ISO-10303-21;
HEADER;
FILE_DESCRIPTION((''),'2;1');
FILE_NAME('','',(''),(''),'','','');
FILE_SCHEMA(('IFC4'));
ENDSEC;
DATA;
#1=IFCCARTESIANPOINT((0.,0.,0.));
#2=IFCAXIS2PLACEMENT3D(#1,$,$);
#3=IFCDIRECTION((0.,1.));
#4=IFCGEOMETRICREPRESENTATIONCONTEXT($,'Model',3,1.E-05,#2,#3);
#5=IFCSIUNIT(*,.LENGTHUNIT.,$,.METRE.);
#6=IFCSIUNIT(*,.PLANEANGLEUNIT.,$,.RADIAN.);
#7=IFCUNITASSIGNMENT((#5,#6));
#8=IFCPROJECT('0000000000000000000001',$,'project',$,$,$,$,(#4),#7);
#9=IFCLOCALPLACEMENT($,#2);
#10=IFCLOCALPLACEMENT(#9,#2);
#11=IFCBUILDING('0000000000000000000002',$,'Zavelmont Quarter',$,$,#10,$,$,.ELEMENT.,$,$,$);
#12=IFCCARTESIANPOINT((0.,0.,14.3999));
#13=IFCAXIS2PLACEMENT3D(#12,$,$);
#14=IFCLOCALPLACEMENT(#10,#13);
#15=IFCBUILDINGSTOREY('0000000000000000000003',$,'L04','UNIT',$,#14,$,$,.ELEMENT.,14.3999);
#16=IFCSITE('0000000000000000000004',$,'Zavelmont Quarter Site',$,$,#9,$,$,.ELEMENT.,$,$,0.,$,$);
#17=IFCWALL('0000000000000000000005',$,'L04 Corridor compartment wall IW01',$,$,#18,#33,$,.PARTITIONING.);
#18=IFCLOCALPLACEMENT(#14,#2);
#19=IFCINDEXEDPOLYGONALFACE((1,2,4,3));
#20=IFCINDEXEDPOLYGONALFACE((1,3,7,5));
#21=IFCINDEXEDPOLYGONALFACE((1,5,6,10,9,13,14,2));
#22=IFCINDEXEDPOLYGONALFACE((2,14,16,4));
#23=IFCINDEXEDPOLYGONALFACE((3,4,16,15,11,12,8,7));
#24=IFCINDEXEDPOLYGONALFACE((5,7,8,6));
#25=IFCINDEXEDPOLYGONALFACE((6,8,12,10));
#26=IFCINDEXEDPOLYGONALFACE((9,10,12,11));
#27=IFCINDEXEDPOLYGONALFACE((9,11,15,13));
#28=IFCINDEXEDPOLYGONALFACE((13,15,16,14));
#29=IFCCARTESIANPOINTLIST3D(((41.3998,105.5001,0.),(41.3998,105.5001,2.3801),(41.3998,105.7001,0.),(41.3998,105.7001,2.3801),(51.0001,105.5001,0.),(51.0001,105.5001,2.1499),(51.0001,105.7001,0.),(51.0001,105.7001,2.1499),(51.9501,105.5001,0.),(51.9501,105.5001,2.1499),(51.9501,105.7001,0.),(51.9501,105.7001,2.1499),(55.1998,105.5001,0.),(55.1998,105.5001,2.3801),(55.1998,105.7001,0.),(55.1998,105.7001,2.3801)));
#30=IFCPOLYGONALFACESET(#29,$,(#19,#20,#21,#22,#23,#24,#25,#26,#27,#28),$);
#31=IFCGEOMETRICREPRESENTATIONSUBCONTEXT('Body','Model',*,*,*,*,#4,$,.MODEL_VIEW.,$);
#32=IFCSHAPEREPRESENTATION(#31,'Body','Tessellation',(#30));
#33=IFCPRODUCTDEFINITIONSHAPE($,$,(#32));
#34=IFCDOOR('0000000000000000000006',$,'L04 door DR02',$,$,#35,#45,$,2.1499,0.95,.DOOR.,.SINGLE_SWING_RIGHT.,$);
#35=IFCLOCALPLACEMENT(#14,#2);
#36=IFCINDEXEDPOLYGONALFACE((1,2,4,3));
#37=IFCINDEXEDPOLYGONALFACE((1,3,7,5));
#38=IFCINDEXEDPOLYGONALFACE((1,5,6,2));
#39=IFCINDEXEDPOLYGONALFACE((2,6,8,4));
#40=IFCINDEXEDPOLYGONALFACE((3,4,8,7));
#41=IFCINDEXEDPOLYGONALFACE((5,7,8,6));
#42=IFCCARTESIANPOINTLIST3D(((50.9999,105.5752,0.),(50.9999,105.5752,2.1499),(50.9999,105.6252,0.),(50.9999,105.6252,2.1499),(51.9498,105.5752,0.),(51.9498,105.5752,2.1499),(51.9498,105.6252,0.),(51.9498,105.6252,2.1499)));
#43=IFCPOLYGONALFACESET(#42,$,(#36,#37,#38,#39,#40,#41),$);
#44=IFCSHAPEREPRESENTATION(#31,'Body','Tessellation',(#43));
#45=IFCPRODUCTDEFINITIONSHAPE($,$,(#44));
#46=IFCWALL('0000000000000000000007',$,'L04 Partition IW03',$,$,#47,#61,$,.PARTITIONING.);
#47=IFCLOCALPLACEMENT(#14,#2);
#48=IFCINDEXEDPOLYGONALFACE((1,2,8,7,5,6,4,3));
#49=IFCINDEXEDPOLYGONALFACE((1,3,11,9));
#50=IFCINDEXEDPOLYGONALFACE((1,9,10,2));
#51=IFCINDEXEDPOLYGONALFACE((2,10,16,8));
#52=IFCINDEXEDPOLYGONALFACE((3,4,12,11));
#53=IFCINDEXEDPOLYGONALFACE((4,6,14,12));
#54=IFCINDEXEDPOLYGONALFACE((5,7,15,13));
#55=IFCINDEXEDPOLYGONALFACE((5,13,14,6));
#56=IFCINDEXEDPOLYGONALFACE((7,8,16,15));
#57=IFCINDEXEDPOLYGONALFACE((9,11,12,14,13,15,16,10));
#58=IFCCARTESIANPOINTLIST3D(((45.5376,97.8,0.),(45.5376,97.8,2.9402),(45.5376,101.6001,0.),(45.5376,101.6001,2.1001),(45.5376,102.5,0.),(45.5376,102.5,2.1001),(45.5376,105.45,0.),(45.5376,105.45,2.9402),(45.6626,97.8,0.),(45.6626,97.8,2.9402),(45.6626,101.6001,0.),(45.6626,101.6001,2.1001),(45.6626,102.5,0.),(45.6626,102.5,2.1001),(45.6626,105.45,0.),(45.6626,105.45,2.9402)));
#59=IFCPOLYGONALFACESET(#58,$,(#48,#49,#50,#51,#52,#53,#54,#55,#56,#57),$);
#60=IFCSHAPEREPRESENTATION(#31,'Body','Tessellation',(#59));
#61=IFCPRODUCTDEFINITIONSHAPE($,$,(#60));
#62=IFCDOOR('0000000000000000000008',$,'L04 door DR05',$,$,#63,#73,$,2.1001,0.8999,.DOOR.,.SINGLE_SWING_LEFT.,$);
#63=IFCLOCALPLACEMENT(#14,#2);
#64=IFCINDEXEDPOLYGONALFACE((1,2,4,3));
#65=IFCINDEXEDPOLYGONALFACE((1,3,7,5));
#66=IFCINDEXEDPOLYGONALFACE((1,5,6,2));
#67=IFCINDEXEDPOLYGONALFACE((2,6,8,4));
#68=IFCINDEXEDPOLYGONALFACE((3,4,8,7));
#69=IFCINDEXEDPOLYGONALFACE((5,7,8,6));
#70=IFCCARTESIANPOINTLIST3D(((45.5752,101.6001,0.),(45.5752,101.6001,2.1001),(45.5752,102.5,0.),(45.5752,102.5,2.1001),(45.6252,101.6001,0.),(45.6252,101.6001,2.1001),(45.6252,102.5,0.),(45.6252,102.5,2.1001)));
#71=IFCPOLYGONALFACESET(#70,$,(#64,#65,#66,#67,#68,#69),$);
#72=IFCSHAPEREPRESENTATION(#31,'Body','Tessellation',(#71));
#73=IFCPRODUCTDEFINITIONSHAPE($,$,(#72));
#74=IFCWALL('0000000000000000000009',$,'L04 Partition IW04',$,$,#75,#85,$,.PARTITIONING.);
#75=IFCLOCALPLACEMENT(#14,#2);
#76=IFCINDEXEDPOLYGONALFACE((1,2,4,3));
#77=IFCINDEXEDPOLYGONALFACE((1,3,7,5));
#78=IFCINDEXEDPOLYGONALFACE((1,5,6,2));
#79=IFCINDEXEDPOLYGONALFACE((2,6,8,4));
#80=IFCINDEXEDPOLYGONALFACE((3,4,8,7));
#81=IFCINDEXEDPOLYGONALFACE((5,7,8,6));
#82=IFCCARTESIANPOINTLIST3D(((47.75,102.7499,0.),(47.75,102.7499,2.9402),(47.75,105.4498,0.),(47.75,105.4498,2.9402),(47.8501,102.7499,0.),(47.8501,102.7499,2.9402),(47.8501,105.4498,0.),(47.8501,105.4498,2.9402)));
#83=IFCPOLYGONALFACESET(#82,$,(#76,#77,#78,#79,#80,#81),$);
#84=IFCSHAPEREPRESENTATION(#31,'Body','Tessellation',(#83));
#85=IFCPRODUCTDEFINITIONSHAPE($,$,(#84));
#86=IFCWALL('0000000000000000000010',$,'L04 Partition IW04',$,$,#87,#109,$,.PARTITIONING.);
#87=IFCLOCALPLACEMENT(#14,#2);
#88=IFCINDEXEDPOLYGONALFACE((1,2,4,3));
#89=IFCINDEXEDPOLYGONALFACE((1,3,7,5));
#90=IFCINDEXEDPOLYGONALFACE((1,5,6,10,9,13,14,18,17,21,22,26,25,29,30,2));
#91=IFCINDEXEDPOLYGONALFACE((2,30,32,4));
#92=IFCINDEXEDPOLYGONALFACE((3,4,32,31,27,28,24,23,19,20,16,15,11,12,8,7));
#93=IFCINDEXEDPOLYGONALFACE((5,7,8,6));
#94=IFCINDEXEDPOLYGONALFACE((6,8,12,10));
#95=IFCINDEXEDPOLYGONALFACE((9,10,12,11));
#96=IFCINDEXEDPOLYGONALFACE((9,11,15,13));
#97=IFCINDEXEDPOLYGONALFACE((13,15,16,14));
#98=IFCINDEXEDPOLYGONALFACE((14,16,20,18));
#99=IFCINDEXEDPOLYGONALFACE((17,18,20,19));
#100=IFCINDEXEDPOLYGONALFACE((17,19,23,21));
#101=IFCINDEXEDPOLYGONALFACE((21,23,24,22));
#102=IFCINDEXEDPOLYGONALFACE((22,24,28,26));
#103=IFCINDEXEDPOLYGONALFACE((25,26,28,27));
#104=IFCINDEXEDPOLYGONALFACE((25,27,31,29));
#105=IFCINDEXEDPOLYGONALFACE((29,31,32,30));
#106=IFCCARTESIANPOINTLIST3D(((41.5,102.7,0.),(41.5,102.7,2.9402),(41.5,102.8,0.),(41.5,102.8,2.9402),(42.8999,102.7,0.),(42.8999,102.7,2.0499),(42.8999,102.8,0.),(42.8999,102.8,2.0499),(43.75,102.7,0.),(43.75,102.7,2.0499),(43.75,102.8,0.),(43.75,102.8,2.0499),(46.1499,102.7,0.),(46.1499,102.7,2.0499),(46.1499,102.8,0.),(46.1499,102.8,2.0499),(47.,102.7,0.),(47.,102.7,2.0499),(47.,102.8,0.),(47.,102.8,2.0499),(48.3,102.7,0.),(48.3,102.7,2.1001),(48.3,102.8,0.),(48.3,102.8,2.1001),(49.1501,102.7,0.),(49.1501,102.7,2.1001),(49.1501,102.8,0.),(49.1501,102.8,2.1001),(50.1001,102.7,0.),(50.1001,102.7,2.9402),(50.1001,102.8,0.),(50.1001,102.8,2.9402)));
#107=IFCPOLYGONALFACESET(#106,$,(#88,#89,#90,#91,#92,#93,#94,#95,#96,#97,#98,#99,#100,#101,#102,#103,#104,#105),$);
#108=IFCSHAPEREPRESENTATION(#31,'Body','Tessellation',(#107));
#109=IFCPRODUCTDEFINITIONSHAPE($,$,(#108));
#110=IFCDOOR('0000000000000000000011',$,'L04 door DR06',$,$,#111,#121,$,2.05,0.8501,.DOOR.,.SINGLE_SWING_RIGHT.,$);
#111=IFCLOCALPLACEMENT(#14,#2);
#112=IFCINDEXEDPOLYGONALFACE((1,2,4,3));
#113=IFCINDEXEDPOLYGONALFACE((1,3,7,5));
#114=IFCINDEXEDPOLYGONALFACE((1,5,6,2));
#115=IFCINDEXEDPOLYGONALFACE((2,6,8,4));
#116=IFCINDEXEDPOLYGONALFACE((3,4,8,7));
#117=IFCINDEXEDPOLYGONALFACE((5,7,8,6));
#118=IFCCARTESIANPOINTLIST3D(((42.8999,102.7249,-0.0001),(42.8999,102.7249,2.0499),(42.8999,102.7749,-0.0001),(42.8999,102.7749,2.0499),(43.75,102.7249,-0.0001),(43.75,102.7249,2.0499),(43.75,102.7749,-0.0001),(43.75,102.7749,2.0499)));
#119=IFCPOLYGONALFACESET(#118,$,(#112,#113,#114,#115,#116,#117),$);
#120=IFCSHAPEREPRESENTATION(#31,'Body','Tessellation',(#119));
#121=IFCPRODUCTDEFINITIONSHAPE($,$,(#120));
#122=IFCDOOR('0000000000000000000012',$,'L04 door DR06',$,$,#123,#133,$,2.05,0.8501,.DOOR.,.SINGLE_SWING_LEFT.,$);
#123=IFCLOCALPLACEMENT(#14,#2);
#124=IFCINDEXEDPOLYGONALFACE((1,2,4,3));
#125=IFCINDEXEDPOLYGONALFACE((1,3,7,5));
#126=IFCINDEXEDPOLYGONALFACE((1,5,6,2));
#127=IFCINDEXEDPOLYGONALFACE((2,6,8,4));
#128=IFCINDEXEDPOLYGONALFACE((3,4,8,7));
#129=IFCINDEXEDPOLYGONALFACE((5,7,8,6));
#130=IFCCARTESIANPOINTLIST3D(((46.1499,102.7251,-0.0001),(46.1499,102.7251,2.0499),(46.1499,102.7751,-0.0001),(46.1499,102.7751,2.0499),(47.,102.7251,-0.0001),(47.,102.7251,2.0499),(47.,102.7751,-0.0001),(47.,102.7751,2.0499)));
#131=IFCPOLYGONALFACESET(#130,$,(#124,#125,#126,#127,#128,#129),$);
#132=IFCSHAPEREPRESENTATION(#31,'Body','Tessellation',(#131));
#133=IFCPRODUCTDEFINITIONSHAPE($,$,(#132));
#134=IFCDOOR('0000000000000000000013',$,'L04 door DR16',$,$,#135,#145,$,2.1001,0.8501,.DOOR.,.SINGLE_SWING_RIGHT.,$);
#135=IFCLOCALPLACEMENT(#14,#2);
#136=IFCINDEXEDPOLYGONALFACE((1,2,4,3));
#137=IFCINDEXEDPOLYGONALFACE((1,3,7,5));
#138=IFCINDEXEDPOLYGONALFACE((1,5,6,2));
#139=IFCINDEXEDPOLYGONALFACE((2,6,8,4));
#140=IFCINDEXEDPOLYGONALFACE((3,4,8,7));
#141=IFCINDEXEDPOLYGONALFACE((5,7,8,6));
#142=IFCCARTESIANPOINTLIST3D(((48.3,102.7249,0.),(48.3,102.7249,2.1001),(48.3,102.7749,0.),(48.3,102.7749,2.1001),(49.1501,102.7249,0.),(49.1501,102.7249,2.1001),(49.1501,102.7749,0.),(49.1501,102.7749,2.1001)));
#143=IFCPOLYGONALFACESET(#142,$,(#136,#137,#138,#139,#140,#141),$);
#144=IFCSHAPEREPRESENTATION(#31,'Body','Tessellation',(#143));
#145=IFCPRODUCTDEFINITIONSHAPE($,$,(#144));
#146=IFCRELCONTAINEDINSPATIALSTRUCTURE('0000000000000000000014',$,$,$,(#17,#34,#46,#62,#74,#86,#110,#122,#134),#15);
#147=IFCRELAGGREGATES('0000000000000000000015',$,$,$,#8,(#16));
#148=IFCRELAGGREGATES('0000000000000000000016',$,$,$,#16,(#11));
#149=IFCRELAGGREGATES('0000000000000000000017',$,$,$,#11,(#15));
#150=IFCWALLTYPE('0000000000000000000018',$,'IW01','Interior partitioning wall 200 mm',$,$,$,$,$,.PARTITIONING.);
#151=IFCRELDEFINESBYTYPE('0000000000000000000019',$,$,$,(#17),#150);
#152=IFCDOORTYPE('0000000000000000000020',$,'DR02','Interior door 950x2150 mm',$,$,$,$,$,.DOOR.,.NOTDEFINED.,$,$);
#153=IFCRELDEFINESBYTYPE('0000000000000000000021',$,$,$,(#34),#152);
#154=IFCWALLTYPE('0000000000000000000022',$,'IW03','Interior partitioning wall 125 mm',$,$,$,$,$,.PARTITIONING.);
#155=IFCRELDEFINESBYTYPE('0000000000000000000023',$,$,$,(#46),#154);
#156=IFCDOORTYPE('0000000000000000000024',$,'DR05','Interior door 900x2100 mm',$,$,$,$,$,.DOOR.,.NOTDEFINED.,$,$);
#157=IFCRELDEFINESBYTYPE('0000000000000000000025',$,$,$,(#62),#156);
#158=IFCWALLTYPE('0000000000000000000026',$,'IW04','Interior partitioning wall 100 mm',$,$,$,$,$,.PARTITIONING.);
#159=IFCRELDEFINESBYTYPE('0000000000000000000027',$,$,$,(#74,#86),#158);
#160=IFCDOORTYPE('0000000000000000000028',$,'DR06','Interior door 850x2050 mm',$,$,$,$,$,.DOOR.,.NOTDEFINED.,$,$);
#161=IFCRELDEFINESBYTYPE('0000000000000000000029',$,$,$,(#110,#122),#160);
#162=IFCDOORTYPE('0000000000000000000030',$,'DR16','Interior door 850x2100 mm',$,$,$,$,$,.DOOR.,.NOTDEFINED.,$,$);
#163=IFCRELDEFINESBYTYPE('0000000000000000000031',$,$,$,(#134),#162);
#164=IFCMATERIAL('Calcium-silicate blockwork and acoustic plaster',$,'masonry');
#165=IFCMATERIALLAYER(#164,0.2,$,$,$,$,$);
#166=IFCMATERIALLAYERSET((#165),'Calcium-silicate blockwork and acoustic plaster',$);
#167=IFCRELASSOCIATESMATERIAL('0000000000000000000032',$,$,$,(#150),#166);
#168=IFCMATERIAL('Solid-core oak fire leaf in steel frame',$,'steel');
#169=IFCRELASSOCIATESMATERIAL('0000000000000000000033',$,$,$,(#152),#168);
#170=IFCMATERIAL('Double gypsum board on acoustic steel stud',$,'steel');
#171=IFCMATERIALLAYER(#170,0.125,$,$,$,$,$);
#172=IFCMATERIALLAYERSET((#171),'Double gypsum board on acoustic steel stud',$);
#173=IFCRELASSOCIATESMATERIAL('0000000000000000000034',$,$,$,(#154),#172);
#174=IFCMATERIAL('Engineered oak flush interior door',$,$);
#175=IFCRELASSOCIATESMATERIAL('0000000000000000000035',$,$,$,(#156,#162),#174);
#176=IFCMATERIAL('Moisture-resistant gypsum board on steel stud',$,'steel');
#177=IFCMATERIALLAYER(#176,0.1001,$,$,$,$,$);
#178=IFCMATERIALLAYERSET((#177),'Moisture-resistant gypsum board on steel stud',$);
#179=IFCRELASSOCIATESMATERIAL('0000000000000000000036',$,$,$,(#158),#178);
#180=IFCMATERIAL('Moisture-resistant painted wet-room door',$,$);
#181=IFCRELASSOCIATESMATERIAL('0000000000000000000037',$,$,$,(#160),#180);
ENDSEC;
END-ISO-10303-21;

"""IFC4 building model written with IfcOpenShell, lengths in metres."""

from ifc_helpers import new_model, si_unit, direction, frame, frame_2d, origin, origin_with_axes, place, context, subcontext, project, spatial, rectangle, extrude, material, layer, layer_set, type_object, element, fill, save


model = new_model("IFC4")

# Units and contexts
model_context = context("Model", 3, precision=1e-05, world=origin(), true_north=direction((0.0, 1.0)))
body_context = subcontext(model_context, "Body", "Model", "MODEL_VIEW")
ifc_project = project(units=[si_unit("LENGTHUNIT", "METRE"), si_unit("PLANEANGLEUNIT", "RADIAN")], contexts=[model_context])

# Site, building, storey
site_placement = place(None, origin())
site = spatial("IfcSite", under=ifc_project, at=site_placement, Name="Zavelmont Quarter Site", CompositionType="ELEMENT", RefElevation=0.0)
building_placement = place(site_placement, origin())
building = spatial("IfcBuilding", under=site, at=building_placement, Name="Zavelmont Quarter", CompositionType="ELEMENT")
storey_placement = place(building_placement, frame((0.0, 0.0, 14.3999)))
storey = spatial("IfcBuildingStorey", under=building, at=storey_placement, Name="L04", Description="UNIT", CompositionType="ELEMENT", Elevation=14.3999)

# Walls, openings, doors
ifc_material_1 = material(Name="Calcium-silicate blockwork and acoustic plaster", Category="masonry")
ifc_layer_1 = layer(ifc_material_1, 0.2)
ifc_layer_set_1 = layer_set([ifc_layer_1], Name="Calcium-silicate blockwork and acoustic plaster")
wall_type_1 = type_object("IfcWallType", Name="IW01", Description="Interior partitioning wall 200 mm", PredefinedType="PARTITIONING", material=ifc_layer_set_1)
ifc_material_2 = material(Name="Solid-core oak fire leaf in steel frame", Category="steel")
door_type_1 = type_object("IfcDoorType", Name="DR02", Description="Interior door 950x2150 mm", OperationType="NOTDEFINED", PredefinedType="DOOR", material=ifc_material_2)
wall_1_placement = place(storey_placement, frame((41.3999, 105.6001, 0.0), z_axis=(0.0, 0.0, 1.0), x_axis=(1.0, 0.0, 0.0)))
wall_1 = element("IfcWall", 1, at=wall_1_placement, inside=storey, type_object=wall_type_1, Name="L04 Corridor compartment wall IW01", PredefinedType="PARTITIONING", context=body_context, shape_type="SweptSolid", body=[
    extrude(rectangle(XDim=13.8, YDim=0.2, at=frame_2d((6.8999, 0.0))), origin(), (0.0, 0.0, 1.0), 2.3801),
])
opening_1_placement = place(wall_1_placement, frame((9.6001, 0.0, 0.0)))
opening_1 = element("IfcOpeningElement", 2, at=opening_1_placement, cuts=wall_1, PredefinedType="OPENING", context=body_context, shape_type="SweptSolid", body=[
    extrude(rectangle(XDim=0.95, YDim=2.1499, at=frame_2d((0.4751, 1.075))), frame((0.0, 0.1118, 0.0), z_axis=(0.0, -1.0, 0.0), x_axis=(1.0, 0.0, 0.0)), (0.0, 0.0, 1.0), 0.2239),
])
door_1_placement = place(opening_1_placement, frame((0.95, 0.0, 0.0), z_axis=(0.0, 0.0, 1.0), x_axis=(-1.0, 0.0, 0.0)))
door_1 = element("IfcDoor", 3, at=door_1_placement, inside=storey, type_object=door_type_1, Name="L04 door DR02", OperationType="SINGLE_SWING_RIGHT", OverallHeight=2.1499, OverallWidth=0.95, PredefinedType="DOOR", context=body_context, shape_type="SweptSolid", body=[
    extrude(rectangle(XDim=0.95, YDim=2.1499, at=frame_2d((0.4751, 1.075))), frame((0.0, 0.0249, 0.0), z_axis=(0.0, -1.0, 0.0), x_axis=(1.0, 0.0, 0.0)), (0.0, 0.0, 1.0), 0.05),
])
fill(opening_1, door_1)
ifc_material_3 = material(Name="Double gypsum board on acoustic steel stud", Category="steel")
ifc_layer_2 = layer(ifc_material_3, 0.125)
ifc_layer_set_2 = layer_set([ifc_layer_2], Name="Double gypsum board on acoustic steel stud")
wall_type_2 = type_object("IfcWallType", Name="IW03", Description="Interior partitioning wall 125 mm", PredefinedType="PARTITIONING", material=ifc_layer_set_2)
wall_2_placement = place(storey_placement, frame((45.6001, 105.45, 0.0), z_axis=(0.0, 0.0, 1.0), x_axis=(0.0, -1.0, 0.0)))
wall_2 = element("IfcWall", 4, at=wall_2_placement, inside=storey, type_object=wall_type_2, Name="L04 Partition IW03", PredefinedType="PARTITIONING", context=body_context, shape_type="SweptSolid", body=[
    extrude(rectangle(XDim=7.6499, YDim=0.125, at=frame_2d((3.825, 0.0))), origin(), (0.0, 0.0, 1.0), 2.9402),
])
opening_2_placement = place(wall_2_placement, frame((2.95, 0.0, 0.0)))
opening_2 = element("IfcOpeningElement", 5, at=opening_2_placement, cuts=wall_2, PredefinedType="OPENING", context=body_context, shape_type="SweptSolid", body=[
    extrude(rectangle(XDim=0.8999, YDim=2.1001, at=frame_2d((0.45, 1.05))), frame((0.0, 0.0745, 0.0), z_axis=(0.0, -1.0, 0.0), x_axis=(1.0, 0.0, 0.0)), (0.0, 0.0, 1.0), 0.1489),
])
ifc_material_4 = material(Name="Engineered oak flush interior door")
door_type_2 = type_object("IfcDoorType", Name="DR05", Description="Interior door 900x2100 mm", OperationType="NOTDEFINED", PredefinedType="DOOR", material=ifc_material_4)
door_2_placement = place(opening_2_placement, frame((0.8999, 0.0, 0.0), z_axis=(0.0, 0.0, 1.0), x_axis=(-1.0, 0.0, 0.0)))
door_2 = element("IfcDoor", 6, at=door_2_placement, inside=storey, type_object=door_type_2, Name="L04 door DR05", OperationType="SINGLE_SWING_LEFT", OverallHeight=2.1001, OverallWidth=0.8999, PredefinedType="DOOR", context=body_context, shape_type="SweptSolid", body=[
    extrude(rectangle(XDim=0.8999, YDim=2.1001, at=frame_2d((0.45, 1.05))), frame((0.0, 0.0249, 0.0), z_axis=(0.0, -1.0, 0.0), x_axis=(1.0, 0.0, 0.0)), (0.0, 0.0, 1.0), 0.05),
])
fill(opening_2, door_2)

# Wall
ifc_material_5 = material(Name="Moisture-resistant gypsum board on steel stud", Category="steel")
ifc_layer_3 = layer(ifc_material_5, 0.1001)
ifc_layer_set_3 = layer_set([ifc_layer_3], Name="Moisture-resistant gypsum board on steel stud")
wall_type_3 = type_object("IfcWallType", Name="IW04", Description="Interior partitioning wall 100 mm", PredefinedType="PARTITIONING", material=ifc_layer_set_3)
wall_3_placement = place(storey_placement, frame((47.8, 105.45, 0.0), z_axis=(0.0, 0.0, 1.0), x_axis=(0.0, -1.0, 0.0)))
element("IfcWall", 7, at=wall_3_placement, inside=storey, type_object=wall_type_3, Name="L04 Partition IW04", PredefinedType="PARTITIONING", context=body_context, shape_type="SweptSolid", body=[
    extrude(rectangle(XDim=2.7, YDim=0.1001, at=frame_2d((1.3501, 0.0))), origin(), (0.0, 0.0, 1.0), 2.9402),
])

# Wall, openings, doors
wall_4_placement = place(storey_placement, frame((41.5, 102.75, 0.0), z_axis=(0.0, 0.0, 1.0), x_axis=(1.0, 0.0, 0.0)))
wall_4 = element("IfcWall", 8, at=wall_4_placement, inside=storey, type_object=wall_type_3, Name="L04 Partition IW04", PredefinedType="PARTITIONING", context=body_context, shape_type="SweptSolid", body=[
    extrude(rectangle(XDim=8.6001, YDim=0.1001, at=frame_2d((4.3, 0.0))), origin(), (0.0, 0.0, 1.0), 2.9402),
])
opening_3_placement = place(wall_4_placement, frame((1.3999, 0.0, 0.0)))
opening_3 = element("IfcOpeningElement", 9, at=opening_3_placement, cuts=wall_4, PredefinedType="OPENING", context=body_context, shape_type="SweptSolid", body=[
    extrude(rectangle(XDim=0.8501, YDim=2.05, at=frame_2d((0.425, 1.0249))), frame((0.0, 0.062, 0.0), z_axis=(0.0, -1.0, 0.0), x_axis=(1.0, 0.0, 0.0)), (0.0, 0.0, 1.0), 0.124),
])
opening_4_placement = place(wall_4_placement, frame((4.6499, 0.0, 0.0)))
opening_4 = element("IfcOpeningElement", 10, at=opening_4_placement, cuts=wall_4, PredefinedType="OPENING", context=body_context, shape_type="SweptSolid", body=[
    extrude(rectangle(XDim=0.8501, YDim=2.05, at=frame_2d((0.425, 1.0249))), frame((0.0, 0.062, 0.0), z_axis=(0.0, -1.0, 0.0), x_axis=(1.0, 0.0, 0.0)), (0.0, 0.0, 1.0), 0.124),
])
opening_5_placement = place(wall_4_placement, frame((6.8, 0.0, 0.0)))
opening_5 = element("IfcOpeningElement", 11, at=opening_5_placement, cuts=wall_4, PredefinedType="OPENING", context=body_context, shape_type="SweptSolid", body=[
    extrude(rectangle(XDim=0.8501, YDim=2.1001, at=frame_2d((0.425, 1.05))), frame((0.0, 0.062, 0.0), z_axis=(0.0, -1.0, 0.0), x_axis=(1.0, 0.0, 0.0)), (0.0, 0.0, 1.0), 0.124),
])
ifc_material_6 = material(Name="Moisture-resistant painted wet-room door")
door_type_3 = type_object("IfcDoorType", Name="DR06", Description="Interior door 850x2050 mm", OperationType="NOTDEFINED", PredefinedType="DOOR", material=ifc_material_6)
door_3_placement = place(opening_3_placement, origin_with_axes())
door_3 = element("IfcDoor", 12, at=door_3_placement, inside=storey, type_object=door_type_3, Name="L04 door DR06", OperationType="SINGLE_SWING_RIGHT", OverallHeight=2.05, OverallWidth=0.8501, PredefinedType="DOOR", context=body_context, shape_type="SweptSolid", body=[
    extrude(rectangle(XDim=0.8501, YDim=2.05, at=frame_2d((0.425, 1.0249))), frame((0.0, 0.0249, 0.0), z_axis=(0.0, -1.0, 0.0), x_axis=(1.0, 0.0, 0.0)), (0.0, 0.0, 1.0), 0.05),
])
fill(opening_3, door_3)
door_4_placement = place(opening_4_placement, frame((0.8501, 0.0, 0.0), z_axis=(0.0, 0.0, 1.0), x_axis=(-1.0, 0.0, 0.0)))
door_4 = element("IfcDoor", 13, at=door_4_placement, inside=storey, type_object=door_type_3, Name="L04 door DR06", OperationType="SINGLE_SWING_LEFT", OverallHeight=2.05, OverallWidth=0.8501, PredefinedType="DOOR", context=body_context, shape_type="SweptSolid", body=[
    extrude(rectangle(XDim=0.8501, YDim=2.05, at=frame_2d((0.425, 1.0249))), frame((0.0, 0.0249, 0.0), z_axis=(0.0, -1.0, 0.0), x_axis=(1.0, 0.0, 0.0)), (0.0, 0.0, 1.0), 0.05),
])
fill(opening_4, door_4)
door_type_4 = type_object("IfcDoorType", Name="DR16", Description="Interior door 850x2100 mm", OperationType="NOTDEFINED", PredefinedType="DOOR", material=ifc_material_4)
door_5_placement = place(opening_5_placement, origin_with_axes())
door_5 = element("IfcDoor", 14, at=door_5_placement, inside=storey, type_object=door_type_4, Name="L04 door DR16", OperationType="SINGLE_SWING_RIGHT", OverallHeight=2.1001, OverallWidth=0.8501, PredefinedType="DOOR", context=body_context, shape_type="SweptSolid", body=[
    extrude(rectangle(XDim=0.8501, YDim=2.1001, at=frame_2d((0.425, 1.05))), frame((0.0, 0.0249, 0.0), z_axis=(0.0, -1.0, 0.0), x_axis=(1.0, 0.0, 0.0)), (0.0, 0.0, 1.0), 0.05),
])
fill(opening_5, door_5)

save(model, "model.ifc")
